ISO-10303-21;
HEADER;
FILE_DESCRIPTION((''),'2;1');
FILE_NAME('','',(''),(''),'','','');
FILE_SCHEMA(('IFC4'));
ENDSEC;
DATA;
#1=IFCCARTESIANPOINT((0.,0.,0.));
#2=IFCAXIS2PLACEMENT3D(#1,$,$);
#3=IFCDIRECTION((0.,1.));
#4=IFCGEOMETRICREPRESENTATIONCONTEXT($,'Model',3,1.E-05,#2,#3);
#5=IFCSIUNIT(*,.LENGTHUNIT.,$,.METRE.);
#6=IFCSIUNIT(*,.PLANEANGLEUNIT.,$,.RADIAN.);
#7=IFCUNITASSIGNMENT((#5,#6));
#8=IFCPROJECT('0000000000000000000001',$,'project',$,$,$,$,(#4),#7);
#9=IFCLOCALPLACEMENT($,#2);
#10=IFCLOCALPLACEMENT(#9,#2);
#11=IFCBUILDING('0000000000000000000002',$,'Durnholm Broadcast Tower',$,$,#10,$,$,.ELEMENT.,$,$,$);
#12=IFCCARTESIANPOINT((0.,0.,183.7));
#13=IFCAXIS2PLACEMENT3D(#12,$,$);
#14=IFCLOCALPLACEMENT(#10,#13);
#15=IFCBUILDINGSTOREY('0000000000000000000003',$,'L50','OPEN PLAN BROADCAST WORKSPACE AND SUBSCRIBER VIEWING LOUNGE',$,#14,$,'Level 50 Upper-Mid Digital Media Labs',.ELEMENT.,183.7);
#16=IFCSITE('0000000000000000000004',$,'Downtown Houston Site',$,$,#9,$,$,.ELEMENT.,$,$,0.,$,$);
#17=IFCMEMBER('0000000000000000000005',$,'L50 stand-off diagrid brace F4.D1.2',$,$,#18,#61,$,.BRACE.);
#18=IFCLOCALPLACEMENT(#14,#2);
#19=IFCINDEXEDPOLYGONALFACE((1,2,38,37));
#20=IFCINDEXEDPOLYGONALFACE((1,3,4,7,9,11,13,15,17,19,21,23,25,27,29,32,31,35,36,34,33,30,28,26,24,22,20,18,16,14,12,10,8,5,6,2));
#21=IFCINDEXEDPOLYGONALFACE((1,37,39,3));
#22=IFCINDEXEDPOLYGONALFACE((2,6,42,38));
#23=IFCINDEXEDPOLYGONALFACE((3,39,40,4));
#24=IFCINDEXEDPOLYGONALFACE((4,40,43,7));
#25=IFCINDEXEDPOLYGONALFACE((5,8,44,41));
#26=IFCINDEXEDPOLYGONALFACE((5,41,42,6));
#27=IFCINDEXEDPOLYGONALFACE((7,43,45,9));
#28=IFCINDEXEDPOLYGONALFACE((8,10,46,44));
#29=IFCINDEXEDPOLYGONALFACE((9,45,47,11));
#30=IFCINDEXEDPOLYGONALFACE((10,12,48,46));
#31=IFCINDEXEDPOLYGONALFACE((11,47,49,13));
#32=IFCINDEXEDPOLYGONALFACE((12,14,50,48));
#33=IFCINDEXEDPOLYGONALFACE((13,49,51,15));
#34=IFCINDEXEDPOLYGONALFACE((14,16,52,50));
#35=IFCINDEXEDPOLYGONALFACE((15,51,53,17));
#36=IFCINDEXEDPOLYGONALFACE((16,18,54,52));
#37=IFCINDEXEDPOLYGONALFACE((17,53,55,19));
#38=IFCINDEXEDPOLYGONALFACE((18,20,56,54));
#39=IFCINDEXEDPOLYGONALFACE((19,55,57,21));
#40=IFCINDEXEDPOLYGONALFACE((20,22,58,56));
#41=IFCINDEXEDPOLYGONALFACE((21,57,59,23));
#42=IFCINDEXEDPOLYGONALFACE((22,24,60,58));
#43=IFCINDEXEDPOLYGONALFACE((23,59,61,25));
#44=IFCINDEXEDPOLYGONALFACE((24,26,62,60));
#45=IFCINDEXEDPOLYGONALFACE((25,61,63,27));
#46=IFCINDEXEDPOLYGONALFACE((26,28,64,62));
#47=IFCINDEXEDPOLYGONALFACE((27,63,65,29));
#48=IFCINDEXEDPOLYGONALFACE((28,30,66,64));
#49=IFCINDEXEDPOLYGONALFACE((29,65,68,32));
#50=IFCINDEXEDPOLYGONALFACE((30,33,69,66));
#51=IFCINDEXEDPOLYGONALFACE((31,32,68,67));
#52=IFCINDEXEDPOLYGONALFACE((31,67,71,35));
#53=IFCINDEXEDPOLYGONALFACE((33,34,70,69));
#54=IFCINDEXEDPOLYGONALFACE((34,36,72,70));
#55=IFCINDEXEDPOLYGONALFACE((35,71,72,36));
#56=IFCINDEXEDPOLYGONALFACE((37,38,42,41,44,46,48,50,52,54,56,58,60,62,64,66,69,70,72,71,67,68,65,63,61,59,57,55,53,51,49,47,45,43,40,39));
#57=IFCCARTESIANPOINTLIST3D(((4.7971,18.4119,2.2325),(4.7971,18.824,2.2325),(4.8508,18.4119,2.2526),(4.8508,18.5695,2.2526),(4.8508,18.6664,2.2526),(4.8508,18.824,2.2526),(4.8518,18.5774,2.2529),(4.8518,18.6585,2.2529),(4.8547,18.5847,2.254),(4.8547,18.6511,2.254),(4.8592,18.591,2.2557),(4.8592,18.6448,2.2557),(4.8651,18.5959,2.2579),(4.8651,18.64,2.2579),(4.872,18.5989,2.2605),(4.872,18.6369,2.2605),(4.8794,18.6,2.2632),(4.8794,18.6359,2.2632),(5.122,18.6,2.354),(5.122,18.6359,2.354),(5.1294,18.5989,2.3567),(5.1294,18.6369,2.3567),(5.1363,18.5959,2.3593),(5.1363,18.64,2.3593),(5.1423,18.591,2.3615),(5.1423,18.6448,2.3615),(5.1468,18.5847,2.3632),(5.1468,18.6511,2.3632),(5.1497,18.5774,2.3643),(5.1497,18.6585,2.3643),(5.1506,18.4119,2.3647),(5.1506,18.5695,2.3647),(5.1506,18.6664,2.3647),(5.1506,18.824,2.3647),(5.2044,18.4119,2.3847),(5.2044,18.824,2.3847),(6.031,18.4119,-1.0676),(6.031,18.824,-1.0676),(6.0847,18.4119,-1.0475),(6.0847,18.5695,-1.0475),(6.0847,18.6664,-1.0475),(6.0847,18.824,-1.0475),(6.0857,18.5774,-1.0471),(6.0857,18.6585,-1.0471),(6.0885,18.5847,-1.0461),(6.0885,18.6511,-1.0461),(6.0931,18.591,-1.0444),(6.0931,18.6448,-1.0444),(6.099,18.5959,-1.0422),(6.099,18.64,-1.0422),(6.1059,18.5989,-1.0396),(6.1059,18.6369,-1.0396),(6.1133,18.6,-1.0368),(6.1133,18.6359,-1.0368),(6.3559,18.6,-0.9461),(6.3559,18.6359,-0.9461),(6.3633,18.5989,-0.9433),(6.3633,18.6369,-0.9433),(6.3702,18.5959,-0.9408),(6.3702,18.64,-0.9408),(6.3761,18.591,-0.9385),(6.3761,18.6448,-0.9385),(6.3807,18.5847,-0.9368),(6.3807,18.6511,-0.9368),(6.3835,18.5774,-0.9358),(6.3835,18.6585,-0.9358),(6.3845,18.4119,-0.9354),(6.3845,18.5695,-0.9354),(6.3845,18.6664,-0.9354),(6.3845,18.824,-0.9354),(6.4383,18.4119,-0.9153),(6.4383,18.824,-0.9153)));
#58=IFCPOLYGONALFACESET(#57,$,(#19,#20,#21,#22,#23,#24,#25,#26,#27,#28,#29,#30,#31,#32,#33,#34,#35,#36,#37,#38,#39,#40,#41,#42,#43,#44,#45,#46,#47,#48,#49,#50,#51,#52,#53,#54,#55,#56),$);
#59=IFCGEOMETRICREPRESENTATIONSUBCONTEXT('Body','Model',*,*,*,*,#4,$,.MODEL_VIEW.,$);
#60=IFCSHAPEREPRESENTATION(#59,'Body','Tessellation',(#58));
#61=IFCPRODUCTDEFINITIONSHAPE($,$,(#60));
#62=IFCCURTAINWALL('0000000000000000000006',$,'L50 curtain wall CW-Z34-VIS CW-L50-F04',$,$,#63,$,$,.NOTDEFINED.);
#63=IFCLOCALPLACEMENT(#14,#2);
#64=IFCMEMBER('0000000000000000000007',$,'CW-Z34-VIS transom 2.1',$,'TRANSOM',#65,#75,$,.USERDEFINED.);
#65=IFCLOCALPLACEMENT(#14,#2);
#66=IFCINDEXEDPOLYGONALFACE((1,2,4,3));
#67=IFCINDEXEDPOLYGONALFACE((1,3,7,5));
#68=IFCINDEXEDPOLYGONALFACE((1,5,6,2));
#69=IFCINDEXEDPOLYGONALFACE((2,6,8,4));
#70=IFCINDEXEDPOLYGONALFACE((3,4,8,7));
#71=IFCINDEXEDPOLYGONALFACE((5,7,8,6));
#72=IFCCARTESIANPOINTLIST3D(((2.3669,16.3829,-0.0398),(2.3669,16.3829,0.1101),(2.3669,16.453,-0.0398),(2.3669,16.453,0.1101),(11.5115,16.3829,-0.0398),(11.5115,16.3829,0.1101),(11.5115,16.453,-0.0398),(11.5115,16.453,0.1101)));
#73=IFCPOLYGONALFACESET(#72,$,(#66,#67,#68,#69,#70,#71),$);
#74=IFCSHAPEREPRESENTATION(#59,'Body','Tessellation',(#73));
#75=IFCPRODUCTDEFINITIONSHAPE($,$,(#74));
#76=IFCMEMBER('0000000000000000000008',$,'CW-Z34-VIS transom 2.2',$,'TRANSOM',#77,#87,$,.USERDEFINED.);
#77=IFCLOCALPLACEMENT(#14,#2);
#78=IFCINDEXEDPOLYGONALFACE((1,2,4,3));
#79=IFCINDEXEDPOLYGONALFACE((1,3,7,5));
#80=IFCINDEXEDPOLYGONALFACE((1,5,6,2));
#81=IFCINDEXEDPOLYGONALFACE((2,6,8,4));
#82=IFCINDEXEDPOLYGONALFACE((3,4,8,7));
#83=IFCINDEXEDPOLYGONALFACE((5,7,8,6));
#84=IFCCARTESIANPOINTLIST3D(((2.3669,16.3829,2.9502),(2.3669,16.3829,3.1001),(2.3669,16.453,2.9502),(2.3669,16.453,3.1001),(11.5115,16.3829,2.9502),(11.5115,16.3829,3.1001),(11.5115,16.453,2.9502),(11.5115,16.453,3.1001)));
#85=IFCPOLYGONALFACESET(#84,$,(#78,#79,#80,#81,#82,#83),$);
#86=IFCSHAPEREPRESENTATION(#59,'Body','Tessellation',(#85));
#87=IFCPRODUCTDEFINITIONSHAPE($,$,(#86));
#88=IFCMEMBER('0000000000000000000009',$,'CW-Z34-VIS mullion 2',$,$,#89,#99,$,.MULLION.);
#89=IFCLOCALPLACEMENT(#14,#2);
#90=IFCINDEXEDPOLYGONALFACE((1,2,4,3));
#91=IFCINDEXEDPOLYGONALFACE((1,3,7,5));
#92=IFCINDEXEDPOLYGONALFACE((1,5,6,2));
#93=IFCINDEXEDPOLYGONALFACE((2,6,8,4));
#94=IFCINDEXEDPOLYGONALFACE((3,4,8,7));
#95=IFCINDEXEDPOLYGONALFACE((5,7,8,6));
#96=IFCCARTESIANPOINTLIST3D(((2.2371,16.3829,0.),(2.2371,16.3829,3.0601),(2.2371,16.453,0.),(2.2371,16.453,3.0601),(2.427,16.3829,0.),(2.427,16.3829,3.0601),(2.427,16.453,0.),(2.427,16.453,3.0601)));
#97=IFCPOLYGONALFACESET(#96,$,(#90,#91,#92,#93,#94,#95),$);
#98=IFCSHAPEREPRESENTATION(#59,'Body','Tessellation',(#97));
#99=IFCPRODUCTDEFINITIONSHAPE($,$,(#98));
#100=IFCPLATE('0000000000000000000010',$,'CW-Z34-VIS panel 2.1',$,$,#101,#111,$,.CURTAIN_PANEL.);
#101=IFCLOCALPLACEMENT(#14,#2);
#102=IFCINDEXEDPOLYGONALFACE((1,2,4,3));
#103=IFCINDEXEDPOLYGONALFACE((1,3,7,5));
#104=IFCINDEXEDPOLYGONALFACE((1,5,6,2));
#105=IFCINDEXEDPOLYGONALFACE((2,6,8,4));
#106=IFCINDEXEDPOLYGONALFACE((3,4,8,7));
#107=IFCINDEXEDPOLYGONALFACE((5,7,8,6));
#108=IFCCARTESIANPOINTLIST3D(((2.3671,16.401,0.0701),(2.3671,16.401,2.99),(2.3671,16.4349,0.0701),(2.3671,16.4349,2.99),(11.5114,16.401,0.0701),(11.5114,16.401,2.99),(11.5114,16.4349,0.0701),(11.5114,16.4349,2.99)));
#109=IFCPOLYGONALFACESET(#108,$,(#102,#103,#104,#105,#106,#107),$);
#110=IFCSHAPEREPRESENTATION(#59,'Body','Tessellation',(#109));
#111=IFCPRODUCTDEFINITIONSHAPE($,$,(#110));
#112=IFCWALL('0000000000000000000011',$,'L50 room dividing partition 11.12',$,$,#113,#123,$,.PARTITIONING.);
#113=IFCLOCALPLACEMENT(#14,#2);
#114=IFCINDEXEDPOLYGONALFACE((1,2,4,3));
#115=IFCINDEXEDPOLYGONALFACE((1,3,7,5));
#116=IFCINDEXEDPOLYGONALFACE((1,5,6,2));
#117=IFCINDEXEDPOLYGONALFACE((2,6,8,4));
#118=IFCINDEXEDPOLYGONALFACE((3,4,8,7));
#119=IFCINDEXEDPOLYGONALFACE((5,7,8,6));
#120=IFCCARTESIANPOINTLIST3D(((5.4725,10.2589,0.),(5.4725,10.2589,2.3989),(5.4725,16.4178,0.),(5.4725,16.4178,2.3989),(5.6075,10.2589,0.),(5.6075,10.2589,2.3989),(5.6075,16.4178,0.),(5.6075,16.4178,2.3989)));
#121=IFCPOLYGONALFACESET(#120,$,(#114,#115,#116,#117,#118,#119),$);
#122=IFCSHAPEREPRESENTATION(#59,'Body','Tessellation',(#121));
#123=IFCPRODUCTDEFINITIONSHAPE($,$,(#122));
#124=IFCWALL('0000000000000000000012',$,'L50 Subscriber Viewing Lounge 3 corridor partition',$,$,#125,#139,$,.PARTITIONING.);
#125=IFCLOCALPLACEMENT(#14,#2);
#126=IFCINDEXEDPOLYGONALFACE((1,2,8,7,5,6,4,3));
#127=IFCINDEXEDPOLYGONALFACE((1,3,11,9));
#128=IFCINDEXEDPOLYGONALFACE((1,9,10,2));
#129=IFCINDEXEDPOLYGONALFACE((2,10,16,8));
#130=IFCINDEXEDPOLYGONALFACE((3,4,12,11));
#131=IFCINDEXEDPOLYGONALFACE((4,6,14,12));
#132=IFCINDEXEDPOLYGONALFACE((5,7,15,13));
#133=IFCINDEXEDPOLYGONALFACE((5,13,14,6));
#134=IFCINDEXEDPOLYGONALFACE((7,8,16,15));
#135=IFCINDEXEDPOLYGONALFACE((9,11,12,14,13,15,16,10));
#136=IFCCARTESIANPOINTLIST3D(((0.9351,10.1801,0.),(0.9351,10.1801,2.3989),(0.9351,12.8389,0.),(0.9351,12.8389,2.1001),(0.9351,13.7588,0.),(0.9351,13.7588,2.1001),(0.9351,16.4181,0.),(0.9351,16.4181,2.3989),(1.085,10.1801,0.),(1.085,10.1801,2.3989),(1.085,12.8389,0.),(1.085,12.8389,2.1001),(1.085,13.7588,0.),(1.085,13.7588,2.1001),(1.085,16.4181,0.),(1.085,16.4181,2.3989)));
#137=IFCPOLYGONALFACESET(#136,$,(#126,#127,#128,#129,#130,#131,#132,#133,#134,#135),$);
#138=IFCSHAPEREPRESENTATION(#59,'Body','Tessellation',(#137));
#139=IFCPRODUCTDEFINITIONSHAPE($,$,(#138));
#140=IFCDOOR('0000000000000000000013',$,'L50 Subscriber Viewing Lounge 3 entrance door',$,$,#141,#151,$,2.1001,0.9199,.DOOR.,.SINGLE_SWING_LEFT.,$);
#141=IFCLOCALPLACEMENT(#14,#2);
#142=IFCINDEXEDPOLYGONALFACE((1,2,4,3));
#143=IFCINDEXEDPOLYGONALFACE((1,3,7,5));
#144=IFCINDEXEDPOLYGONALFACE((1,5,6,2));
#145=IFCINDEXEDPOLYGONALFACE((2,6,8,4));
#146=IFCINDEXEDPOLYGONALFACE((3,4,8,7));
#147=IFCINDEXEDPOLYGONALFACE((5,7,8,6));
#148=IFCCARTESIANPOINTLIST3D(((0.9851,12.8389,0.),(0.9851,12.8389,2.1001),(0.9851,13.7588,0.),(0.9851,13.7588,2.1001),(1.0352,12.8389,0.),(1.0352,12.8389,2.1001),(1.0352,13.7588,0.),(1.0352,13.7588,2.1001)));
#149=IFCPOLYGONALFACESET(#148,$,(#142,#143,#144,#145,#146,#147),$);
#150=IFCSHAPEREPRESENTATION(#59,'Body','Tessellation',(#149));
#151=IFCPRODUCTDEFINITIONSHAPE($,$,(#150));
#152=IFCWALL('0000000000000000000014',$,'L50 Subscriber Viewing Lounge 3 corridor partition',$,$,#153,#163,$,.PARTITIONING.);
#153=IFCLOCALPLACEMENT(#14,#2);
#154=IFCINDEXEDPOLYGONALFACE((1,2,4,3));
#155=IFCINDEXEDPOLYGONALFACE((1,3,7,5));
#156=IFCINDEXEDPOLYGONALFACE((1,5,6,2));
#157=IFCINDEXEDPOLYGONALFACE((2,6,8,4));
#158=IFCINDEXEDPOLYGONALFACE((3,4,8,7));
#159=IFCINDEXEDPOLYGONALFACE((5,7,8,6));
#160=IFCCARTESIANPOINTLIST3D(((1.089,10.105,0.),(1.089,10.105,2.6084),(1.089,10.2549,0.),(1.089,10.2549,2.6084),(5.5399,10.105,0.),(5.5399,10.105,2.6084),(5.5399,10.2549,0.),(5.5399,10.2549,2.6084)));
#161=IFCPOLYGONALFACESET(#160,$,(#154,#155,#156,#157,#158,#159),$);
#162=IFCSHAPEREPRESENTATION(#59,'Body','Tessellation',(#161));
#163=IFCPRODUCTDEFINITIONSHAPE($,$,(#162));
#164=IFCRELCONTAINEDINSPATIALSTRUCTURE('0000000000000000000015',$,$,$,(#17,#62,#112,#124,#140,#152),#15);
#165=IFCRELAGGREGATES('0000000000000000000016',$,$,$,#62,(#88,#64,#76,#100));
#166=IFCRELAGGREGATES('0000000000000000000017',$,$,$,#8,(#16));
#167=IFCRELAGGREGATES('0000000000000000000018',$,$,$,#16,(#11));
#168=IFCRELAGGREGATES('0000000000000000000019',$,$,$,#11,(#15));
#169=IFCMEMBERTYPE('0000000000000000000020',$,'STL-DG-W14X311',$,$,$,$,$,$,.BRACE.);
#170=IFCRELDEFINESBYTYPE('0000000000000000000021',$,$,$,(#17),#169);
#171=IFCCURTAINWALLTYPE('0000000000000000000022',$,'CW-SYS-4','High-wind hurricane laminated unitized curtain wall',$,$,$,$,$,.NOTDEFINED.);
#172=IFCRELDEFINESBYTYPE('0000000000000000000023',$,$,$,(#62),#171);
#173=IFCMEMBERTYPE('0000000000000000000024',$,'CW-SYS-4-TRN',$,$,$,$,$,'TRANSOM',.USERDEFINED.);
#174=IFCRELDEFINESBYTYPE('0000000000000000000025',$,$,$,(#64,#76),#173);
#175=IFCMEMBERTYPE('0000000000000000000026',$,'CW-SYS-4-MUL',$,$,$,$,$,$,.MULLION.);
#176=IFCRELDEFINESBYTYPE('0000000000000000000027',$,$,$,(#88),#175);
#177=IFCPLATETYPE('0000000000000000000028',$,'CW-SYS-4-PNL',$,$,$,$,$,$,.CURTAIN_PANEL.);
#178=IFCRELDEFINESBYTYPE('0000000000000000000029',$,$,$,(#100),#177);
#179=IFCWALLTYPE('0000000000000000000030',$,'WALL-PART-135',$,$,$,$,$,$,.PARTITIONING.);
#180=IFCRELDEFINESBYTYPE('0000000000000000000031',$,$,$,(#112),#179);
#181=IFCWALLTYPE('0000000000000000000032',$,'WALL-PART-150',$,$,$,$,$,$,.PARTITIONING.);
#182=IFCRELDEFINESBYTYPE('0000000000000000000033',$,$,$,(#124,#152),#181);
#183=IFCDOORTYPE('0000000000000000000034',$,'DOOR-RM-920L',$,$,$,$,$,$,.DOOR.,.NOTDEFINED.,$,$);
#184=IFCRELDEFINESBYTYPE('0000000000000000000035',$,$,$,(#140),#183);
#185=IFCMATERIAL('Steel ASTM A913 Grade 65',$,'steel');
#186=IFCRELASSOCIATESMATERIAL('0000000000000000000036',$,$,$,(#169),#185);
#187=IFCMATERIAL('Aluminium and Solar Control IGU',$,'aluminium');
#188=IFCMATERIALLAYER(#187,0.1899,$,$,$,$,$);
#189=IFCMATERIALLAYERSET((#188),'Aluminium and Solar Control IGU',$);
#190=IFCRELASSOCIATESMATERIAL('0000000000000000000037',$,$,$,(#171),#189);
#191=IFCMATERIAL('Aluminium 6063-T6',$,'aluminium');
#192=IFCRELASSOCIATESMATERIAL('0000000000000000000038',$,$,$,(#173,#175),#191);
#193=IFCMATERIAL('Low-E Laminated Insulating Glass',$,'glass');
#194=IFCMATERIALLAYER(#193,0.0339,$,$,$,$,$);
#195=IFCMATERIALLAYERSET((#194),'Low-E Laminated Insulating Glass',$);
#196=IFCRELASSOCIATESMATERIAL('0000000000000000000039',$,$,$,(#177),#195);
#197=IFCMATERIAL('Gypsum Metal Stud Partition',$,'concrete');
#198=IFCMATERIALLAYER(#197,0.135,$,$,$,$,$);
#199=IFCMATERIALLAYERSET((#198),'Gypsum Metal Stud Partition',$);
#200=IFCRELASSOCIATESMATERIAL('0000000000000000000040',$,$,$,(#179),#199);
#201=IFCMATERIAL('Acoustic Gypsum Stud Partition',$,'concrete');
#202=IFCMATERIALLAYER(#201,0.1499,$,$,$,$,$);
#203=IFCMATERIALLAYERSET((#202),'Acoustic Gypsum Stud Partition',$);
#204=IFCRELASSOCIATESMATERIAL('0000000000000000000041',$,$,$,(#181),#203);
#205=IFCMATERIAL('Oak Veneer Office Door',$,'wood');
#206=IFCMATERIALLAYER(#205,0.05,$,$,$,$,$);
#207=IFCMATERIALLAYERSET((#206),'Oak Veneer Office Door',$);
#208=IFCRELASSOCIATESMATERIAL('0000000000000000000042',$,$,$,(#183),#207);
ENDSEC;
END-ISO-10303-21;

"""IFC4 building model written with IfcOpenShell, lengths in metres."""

from ifc_helpers import new_model, si_unit, direction, frame, frame_2d, origin, origin_2d, place, context, subcontext, project, spatial, rectangle, i_section, extrude, source, transform, mapped, material, layer, layer_set, material_profile, profile_set, type_object, type_shapes, element, fill, aggregate, save


model = new_model("IFC4")

# Units and contexts
model_context = context("Model", 3, precision=1e-05, world=origin(), true_north=direction((0.0, 1.0)))
body_context = subcontext(model_context, "Body", "Model", "MODEL_VIEW")
ifc_project = project(units=[si_unit("LENGTHUNIT", "METRE"), si_unit("PLANEANGLEUNIT", "RADIAN")], contexts=[model_context])

# Site, building, storey
site_placement = place(None, origin())
site = spatial("IfcSite", under=ifc_project, at=site_placement, Name="Downtown Houston Site", CompositionType="ELEMENT", RefElevation=0.0)
building_placement = place(site_placement, origin())
building = spatial("IfcBuilding", under=site, at=building_placement, Name="Durnholm Broadcast Tower", CompositionType="ELEMENT")
storey_placement = place(building_placement, frame((0.0, 0.0, 183.7)))
storey = spatial("IfcBuildingStorey", under=building, at=storey_placement, Name="L50", Description="OPEN PLAN BROADCAST WORKSPACE AND SUBSCRIBER VIEWING LOUNGE", LongName="Level 50 Upper-Mid Digital Media Labs", CompositionType="ELEMENT", Elevation=183.7)

# Member
ifc_material_1 = material(Name="Steel ASTM A913 Grade 65", Category="steel")
ifc_material_profile_1 = material_profile(ifc_material_1, i_section(OverallWidth=0.4121, OverallDepth=0.4348, WebThickness=0.0359, FlangeThickness=0.0574, FilletRadius=0.0305, at=origin_2d()), Name="W14X311")
ifc_profile_set_1 = profile_set([ifc_material_profile_1], Name="Steel ASTM A913 Grade 65")
member_type_1 = type_object("IfcMemberType", Name="STL-DG-W14X311", PredefinedType="BRACE", material=ifc_profile_set_1)
shared_shape_1 = source(origin(), body_context, "Body", "SweptSolid", [
    extrude(i_section(OverallWidth=0.4121, OverallDepth=0.4348, WebThickness=0.0359, FlangeThickness=0.0574, FilletRadius=0.0305, at=origin_2d()), origin(), (0.0, 0.0, 1.0), 3.5232),
])
type_shapes(member_type_1, [shared_shape_1])
for number, where, z_axis, x_axis, name in (
    (1, (6.2346, 18.6179, -0.9915), (-0.35022, 0.0, 0.936668), (0.0, -1.0, 0.0), "L50 stand-off diagrid brace F4.D1.2"),
):
    element("IfcMember", number, at=place(storey_placement, frame(where, z_axis=z_axis, x_axis=x_axis)), inside=storey, type_object=member_type_1, Name=name, PredefinedType="BRACE", context=body_context, shape_type="MappedRepresentation", body=[
        mapped(shared_shape_1, transform((0.0, 0.0, 0.0), x_axis=(1.0, 0.0, 0.0), y_axis=(0.0, 1.0, 0.0), z_axis=(0.0, 0.0, 1.0), scale=1.0)),
    ])

# Curtain wall, members, plate
ifc_material_2 = material(Name="Aluminium and Solar Control IGU", Category="aluminium")
ifc_layer_1 = layer(ifc_material_2, 0.1899)
ifc_layer_set_1 = layer_set([ifc_layer_1], Name="Aluminium and Solar Control IGU")
curtain_wall_type = type_object("IfcCurtainWallType", Name="CW-SYS-4", Description="High-wind hurricane laminated unitized curtain wall", PredefinedType="NOTDEFINED", material=ifc_layer_set_1)
curtain_wall_placement = place(storey_placement, origin())
curtain_wall = element("IfcCurtainWall", 2, at=curtain_wall_placement, inside=storey, type_object=curtain_wall_type, Name="L50 curtain wall CW-Z34-VIS CW-L50-F04", PredefinedType="NOTDEFINED")
ifc_material_3 = material(Name="Aluminium 6063-T6", Category="aluminium")
ifc_material_profile_2 = material_profile(ifc_material_3, rectangle(XDim=0.0701, YDim=0.1499, at=origin_2d()), Name="CWT70X150")
ifc_profile_set_2 = profile_set([ifc_material_profile_2], Name="Aluminium 6063-T6")
member_type_2 = type_object("IfcMemberType", Name="CW-SYS-4-TRN", ElementType="TRANSOM", PredefinedType="USERDEFINED", material=ifc_profile_set_2)
shared_shape_2 = source(origin(), body_context, "Body", "SweptSolid", [
    extrude(rectangle(XDim=0.0701, YDim=0.1499, at=origin_2d()), origin(), (0.0, 0.0, 1.0), 9.1445),
])
type_shapes(member_type_2, [shared_shape_2])
member_1_placement = place(storey_placement, frame((2.3669, 16.418, 0.0352), z_axis=(1.0, 0.0, 0.0), x_axis=(0.0, 1.0, 0.0)))
member_1 = element("IfcMember", 3, at=member_1_placement, type_object=member_type_2, Name="CW-Z34-VIS transom 2.1", ObjectType="TRANSOM", PredefinedType="USERDEFINED", context=body_context, shape_type="MappedRepresentation", body=[
    mapped(shared_shape_2, transform((0.0, 0.0, 0.0), x_axis=(1.0, 0.0, 0.0), y_axis=(0.0, 1.0, 0.0), z_axis=(0.0, 0.0, 1.0), scale=1.0)),
])
member_2_placement = place(storey_placement, frame((2.3669, 16.418, 3.0251), z_axis=(1.0, 0.0, 0.0), x_axis=(0.0, 1.0, 0.0)))
member_2 = element("IfcMember", 4, at=member_2_placement, type_object=member_type_2, Name="CW-Z34-VIS transom 2.2", ObjectType="TRANSOM", PredefinedType="USERDEFINED", context=body_context, shape_type="MappedRepresentation", body=[
    mapped(shared_shape_2, transform((0.0, 0.0, 0.0), x_axis=(1.0, 0.0, 0.0), y_axis=(0.0, 1.0, 0.0), z_axis=(0.0, 0.0, 1.0), scale=1.0)),
])
ifc_material_profile_3 = material_profile(ifc_material_3, rectangle(XDim=0.0701, YDim=0.1899, at=origin_2d()), Name="CWM70X190")
ifc_profile_set_3 = profile_set([ifc_material_profile_3], Name="Aluminium 6063-T6")
member_type_3 = type_object("IfcMemberType", Name="CW-SYS-4-MUL", PredefinedType="MULLION", material=ifc_profile_set_3)
shared_shape_3 = source(origin(), body_context, "Body", "SweptSolid", [
    extrude(rectangle(XDim=0.0701, YDim=0.1899, at=origin_2d()), origin(), (0.0, 0.0, 1.0), 3.0601),
])
type_shapes(member_type_3, [shared_shape_3])
member_3_placement = place(storey_placement, frame((2.332, 16.418, 0.0), z_axis=(0.0, 0.0, 1.0), x_axis=(0.0, 1.0, 0.0)))
member_3 = element("IfcMember", 5, at=member_3_placement, type_object=member_type_3, Name="CW-Z34-VIS mullion 2", PredefinedType="MULLION", context=body_context, shape_type="MappedRepresentation", body=[
    mapped(shared_shape_3, transform((0.0, 0.0, 0.0), x_axis=(1.0, 0.0, 0.0), y_axis=(0.0, 1.0, 0.0), z_axis=(0.0, 0.0, 1.0), scale=1.0)),
])
ifc_material_4 = material(Name="Low-E Laminated Insulating Glass", Category="glass")
ifc_layer_2 = layer(ifc_material_4, 0.0339)
ifc_layer_set_2 = layer_set([ifc_layer_2], Name="Low-E Laminated Insulating Glass")
plate_type = type_object("IfcPlateType", Name="CW-SYS-4-PNL", PredefinedType="CURTAIN_PANEL", material=ifc_layer_set_2)
shared_shape_4 = source(origin(), body_context, "Body", "SweptSolid", [
    extrude(rectangle(XDim=9.1443, YDim=0.0339, at=origin_2d()), origin(), (0.0, 0.0, 1.0), 2.9199),
])
type_shapes(plate_type, [shared_shape_4])
plate_placement = place(storey_placement, frame((6.9392, 16.418, 0.0701), z_axis=(0.0, 0.0, 1.0), x_axis=(1.0, 0.0, 0.0)))
plate = element("IfcPlate", 6, at=plate_placement, type_object=plate_type, Name="CW-Z34-VIS panel 2.1", PredefinedType="CURTAIN_PANEL", context=body_context, shape_type="MappedRepresentation", body=[
    mapped(shared_shape_4, transform((0.0, 0.0, 0.0), x_axis=(1.0, 0.0, 0.0), y_axis=(0.0, 1.0, 0.0), z_axis=(0.0, 0.0, 1.0), scale=1.0)),
])
aggregate(curtain_wall, [member_3, member_1, member_2, plate])

# Wall
ifc_material_5 = material(Name="Gypsum Metal Stud Partition", Category="concrete")
ifc_layer_3 = layer(ifc_material_5, 0.135)
ifc_layer_set_3 = layer_set([ifc_layer_3], Name="Gypsum Metal Stud Partition")
wall_type_1 = type_object("IfcWallType", Name="WALL-PART-135", PredefinedType="PARTITIONING", material=ifc_layer_set_3)
wall_1_placement = place(storey_placement, frame((5.54, 16.418, 0.0), z_axis=(0.0, 0.0, 1.0), x_axis=(0.0, -1.0, 0.0)))
element("IfcWall", 7, at=wall_1_placement, inside=storey, type_object=wall_type_1, Name="L50 room dividing partition 11.12", PredefinedType="PARTITIONING", context=body_context, shape_type="SweptSolid", body=[
    extrude(rectangle(XDim=6.1589, YDim=0.135, at=frame_2d((3.0796, 0.0))), origin(), (0.0, 0.0, 1.0), 2.3989),
])

# Wall, opening, door
ifc_material_6 = material(Name="Acoustic Gypsum Stud Partition", Category="concrete")
ifc_layer_4 = layer(ifc_material_6, 0.1499)
ifc_layer_set_4 = layer_set([ifc_layer_4], Name="Acoustic Gypsum Stud Partition")
wall_type_2 = type_object("IfcWallType", Name="WALL-PART-150", PredefinedType="PARTITIONING", material=ifc_layer_set_4)
wall_2_placement = place(storey_placement, frame((1.01, 10.1799, 0.0), z_axis=(0.0, 0.0, 1.0), x_axis=(0.0, 1.0, 0.0)))
wall_2 = element("IfcWall", 8, at=wall_2_placement, inside=storey, type_object=wall_type_2, Name="L50 Subscriber Viewing Lounge 3 corridor partition", PredefinedType="PARTITIONING", context=body_context, shape_type="SweptSolid", body=[
    extrude(rectangle(XDim=6.238, YDim=0.1499, at=frame_2d((3.1191, 0.0))), origin(), (0.0, 0.0, 1.0), 2.3989),
])
opening_placement = place(wall_2_placement, frame((2.6589, 0.0, 0.0)))
opening = element("IfcOpeningElement", 9, at=opening_placement, cuts=wall_2, PredefinedType="OPENING", context=body_context, shape_type="SweptSolid", body=[
    extrude(rectangle(XDim=0.9199, YDim=2.1001, at=frame_2d((0.46, 1.05))), frame((0.0, 0.085, 0.0), z_axis=(0.0, -1.0, 0.0), x_axis=(1.0, 0.0, 0.0)), (0.0, 0.0, 1.0), 0.1699),
])
ifc_material_7 = material(Name="Oak Veneer Office Door", Category="wood")
ifc_layer_5 = layer(ifc_material_7, 0.05)
ifc_layer_set_5 = layer_set([ifc_layer_5], Name="Oak Veneer Office Door")
door_type = type_object("IfcDoorType", Name="DOOR-RM-920L", OperationType="NOTDEFINED", PredefinedType="DOOR", material=ifc_layer_set_5)
shared_shape_5 = source(origin(), body_context, "Body", "SweptSolid", [
    extrude(rectangle(XDim=0.9199, YDim=2.1001, at=frame_2d((0.46, 1.05))), frame((0.0, 0.0249, 0.0), z_axis=(0.0, -1.0, 0.0), x_axis=(1.0, 0.0, 0.0)), (0.0, 0.0, 1.0), 0.05),
])
type_shapes(door_type, [shared_shape_5])
door_placement = place(opening_placement, origin())
door = element("IfcDoor", 10, at=door_placement, inside=storey, type_object=door_type, Name="L50 Subscriber Viewing Lounge 3 entrance door", OperationType="SINGLE_SWING_LEFT", OverallHeight=2.1001, OverallWidth=0.9199, PredefinedType="DOOR", context=body_context, shape_type="MappedRepresentation", body=[
    mapped(shared_shape_5, transform((0.0, 0.0, 0.0), x_axis=(1.0, 0.0, 0.0), y_axis=(0.0, 1.0, 0.0), z_axis=(0.0, 0.0, 1.0), scale=1.0)),
])
fill(opening, door)

# Wall
wall_3_placement = place(storey_placement, frame((5.54, 10.1799, 0.0), z_axis=(0.0, 0.0, 1.0), x_axis=(-1.0, 0.0, 0.0)))
element("IfcWall", 11, at=wall_3_placement, inside=storey, type_object=wall_type_2, Name="L50 Subscriber Viewing Lounge 3 corridor partition", PredefinedType="PARTITIONING", context=body_context, shape_type="SweptSolid", body=[
    extrude(rectangle(XDim=4.4509, YDim=0.1499, at=frame_2d((2.2256, 0.0))), origin(), (0.0, 0.0, 1.0), 2.6084),
])

save(model, "model.ifc")
